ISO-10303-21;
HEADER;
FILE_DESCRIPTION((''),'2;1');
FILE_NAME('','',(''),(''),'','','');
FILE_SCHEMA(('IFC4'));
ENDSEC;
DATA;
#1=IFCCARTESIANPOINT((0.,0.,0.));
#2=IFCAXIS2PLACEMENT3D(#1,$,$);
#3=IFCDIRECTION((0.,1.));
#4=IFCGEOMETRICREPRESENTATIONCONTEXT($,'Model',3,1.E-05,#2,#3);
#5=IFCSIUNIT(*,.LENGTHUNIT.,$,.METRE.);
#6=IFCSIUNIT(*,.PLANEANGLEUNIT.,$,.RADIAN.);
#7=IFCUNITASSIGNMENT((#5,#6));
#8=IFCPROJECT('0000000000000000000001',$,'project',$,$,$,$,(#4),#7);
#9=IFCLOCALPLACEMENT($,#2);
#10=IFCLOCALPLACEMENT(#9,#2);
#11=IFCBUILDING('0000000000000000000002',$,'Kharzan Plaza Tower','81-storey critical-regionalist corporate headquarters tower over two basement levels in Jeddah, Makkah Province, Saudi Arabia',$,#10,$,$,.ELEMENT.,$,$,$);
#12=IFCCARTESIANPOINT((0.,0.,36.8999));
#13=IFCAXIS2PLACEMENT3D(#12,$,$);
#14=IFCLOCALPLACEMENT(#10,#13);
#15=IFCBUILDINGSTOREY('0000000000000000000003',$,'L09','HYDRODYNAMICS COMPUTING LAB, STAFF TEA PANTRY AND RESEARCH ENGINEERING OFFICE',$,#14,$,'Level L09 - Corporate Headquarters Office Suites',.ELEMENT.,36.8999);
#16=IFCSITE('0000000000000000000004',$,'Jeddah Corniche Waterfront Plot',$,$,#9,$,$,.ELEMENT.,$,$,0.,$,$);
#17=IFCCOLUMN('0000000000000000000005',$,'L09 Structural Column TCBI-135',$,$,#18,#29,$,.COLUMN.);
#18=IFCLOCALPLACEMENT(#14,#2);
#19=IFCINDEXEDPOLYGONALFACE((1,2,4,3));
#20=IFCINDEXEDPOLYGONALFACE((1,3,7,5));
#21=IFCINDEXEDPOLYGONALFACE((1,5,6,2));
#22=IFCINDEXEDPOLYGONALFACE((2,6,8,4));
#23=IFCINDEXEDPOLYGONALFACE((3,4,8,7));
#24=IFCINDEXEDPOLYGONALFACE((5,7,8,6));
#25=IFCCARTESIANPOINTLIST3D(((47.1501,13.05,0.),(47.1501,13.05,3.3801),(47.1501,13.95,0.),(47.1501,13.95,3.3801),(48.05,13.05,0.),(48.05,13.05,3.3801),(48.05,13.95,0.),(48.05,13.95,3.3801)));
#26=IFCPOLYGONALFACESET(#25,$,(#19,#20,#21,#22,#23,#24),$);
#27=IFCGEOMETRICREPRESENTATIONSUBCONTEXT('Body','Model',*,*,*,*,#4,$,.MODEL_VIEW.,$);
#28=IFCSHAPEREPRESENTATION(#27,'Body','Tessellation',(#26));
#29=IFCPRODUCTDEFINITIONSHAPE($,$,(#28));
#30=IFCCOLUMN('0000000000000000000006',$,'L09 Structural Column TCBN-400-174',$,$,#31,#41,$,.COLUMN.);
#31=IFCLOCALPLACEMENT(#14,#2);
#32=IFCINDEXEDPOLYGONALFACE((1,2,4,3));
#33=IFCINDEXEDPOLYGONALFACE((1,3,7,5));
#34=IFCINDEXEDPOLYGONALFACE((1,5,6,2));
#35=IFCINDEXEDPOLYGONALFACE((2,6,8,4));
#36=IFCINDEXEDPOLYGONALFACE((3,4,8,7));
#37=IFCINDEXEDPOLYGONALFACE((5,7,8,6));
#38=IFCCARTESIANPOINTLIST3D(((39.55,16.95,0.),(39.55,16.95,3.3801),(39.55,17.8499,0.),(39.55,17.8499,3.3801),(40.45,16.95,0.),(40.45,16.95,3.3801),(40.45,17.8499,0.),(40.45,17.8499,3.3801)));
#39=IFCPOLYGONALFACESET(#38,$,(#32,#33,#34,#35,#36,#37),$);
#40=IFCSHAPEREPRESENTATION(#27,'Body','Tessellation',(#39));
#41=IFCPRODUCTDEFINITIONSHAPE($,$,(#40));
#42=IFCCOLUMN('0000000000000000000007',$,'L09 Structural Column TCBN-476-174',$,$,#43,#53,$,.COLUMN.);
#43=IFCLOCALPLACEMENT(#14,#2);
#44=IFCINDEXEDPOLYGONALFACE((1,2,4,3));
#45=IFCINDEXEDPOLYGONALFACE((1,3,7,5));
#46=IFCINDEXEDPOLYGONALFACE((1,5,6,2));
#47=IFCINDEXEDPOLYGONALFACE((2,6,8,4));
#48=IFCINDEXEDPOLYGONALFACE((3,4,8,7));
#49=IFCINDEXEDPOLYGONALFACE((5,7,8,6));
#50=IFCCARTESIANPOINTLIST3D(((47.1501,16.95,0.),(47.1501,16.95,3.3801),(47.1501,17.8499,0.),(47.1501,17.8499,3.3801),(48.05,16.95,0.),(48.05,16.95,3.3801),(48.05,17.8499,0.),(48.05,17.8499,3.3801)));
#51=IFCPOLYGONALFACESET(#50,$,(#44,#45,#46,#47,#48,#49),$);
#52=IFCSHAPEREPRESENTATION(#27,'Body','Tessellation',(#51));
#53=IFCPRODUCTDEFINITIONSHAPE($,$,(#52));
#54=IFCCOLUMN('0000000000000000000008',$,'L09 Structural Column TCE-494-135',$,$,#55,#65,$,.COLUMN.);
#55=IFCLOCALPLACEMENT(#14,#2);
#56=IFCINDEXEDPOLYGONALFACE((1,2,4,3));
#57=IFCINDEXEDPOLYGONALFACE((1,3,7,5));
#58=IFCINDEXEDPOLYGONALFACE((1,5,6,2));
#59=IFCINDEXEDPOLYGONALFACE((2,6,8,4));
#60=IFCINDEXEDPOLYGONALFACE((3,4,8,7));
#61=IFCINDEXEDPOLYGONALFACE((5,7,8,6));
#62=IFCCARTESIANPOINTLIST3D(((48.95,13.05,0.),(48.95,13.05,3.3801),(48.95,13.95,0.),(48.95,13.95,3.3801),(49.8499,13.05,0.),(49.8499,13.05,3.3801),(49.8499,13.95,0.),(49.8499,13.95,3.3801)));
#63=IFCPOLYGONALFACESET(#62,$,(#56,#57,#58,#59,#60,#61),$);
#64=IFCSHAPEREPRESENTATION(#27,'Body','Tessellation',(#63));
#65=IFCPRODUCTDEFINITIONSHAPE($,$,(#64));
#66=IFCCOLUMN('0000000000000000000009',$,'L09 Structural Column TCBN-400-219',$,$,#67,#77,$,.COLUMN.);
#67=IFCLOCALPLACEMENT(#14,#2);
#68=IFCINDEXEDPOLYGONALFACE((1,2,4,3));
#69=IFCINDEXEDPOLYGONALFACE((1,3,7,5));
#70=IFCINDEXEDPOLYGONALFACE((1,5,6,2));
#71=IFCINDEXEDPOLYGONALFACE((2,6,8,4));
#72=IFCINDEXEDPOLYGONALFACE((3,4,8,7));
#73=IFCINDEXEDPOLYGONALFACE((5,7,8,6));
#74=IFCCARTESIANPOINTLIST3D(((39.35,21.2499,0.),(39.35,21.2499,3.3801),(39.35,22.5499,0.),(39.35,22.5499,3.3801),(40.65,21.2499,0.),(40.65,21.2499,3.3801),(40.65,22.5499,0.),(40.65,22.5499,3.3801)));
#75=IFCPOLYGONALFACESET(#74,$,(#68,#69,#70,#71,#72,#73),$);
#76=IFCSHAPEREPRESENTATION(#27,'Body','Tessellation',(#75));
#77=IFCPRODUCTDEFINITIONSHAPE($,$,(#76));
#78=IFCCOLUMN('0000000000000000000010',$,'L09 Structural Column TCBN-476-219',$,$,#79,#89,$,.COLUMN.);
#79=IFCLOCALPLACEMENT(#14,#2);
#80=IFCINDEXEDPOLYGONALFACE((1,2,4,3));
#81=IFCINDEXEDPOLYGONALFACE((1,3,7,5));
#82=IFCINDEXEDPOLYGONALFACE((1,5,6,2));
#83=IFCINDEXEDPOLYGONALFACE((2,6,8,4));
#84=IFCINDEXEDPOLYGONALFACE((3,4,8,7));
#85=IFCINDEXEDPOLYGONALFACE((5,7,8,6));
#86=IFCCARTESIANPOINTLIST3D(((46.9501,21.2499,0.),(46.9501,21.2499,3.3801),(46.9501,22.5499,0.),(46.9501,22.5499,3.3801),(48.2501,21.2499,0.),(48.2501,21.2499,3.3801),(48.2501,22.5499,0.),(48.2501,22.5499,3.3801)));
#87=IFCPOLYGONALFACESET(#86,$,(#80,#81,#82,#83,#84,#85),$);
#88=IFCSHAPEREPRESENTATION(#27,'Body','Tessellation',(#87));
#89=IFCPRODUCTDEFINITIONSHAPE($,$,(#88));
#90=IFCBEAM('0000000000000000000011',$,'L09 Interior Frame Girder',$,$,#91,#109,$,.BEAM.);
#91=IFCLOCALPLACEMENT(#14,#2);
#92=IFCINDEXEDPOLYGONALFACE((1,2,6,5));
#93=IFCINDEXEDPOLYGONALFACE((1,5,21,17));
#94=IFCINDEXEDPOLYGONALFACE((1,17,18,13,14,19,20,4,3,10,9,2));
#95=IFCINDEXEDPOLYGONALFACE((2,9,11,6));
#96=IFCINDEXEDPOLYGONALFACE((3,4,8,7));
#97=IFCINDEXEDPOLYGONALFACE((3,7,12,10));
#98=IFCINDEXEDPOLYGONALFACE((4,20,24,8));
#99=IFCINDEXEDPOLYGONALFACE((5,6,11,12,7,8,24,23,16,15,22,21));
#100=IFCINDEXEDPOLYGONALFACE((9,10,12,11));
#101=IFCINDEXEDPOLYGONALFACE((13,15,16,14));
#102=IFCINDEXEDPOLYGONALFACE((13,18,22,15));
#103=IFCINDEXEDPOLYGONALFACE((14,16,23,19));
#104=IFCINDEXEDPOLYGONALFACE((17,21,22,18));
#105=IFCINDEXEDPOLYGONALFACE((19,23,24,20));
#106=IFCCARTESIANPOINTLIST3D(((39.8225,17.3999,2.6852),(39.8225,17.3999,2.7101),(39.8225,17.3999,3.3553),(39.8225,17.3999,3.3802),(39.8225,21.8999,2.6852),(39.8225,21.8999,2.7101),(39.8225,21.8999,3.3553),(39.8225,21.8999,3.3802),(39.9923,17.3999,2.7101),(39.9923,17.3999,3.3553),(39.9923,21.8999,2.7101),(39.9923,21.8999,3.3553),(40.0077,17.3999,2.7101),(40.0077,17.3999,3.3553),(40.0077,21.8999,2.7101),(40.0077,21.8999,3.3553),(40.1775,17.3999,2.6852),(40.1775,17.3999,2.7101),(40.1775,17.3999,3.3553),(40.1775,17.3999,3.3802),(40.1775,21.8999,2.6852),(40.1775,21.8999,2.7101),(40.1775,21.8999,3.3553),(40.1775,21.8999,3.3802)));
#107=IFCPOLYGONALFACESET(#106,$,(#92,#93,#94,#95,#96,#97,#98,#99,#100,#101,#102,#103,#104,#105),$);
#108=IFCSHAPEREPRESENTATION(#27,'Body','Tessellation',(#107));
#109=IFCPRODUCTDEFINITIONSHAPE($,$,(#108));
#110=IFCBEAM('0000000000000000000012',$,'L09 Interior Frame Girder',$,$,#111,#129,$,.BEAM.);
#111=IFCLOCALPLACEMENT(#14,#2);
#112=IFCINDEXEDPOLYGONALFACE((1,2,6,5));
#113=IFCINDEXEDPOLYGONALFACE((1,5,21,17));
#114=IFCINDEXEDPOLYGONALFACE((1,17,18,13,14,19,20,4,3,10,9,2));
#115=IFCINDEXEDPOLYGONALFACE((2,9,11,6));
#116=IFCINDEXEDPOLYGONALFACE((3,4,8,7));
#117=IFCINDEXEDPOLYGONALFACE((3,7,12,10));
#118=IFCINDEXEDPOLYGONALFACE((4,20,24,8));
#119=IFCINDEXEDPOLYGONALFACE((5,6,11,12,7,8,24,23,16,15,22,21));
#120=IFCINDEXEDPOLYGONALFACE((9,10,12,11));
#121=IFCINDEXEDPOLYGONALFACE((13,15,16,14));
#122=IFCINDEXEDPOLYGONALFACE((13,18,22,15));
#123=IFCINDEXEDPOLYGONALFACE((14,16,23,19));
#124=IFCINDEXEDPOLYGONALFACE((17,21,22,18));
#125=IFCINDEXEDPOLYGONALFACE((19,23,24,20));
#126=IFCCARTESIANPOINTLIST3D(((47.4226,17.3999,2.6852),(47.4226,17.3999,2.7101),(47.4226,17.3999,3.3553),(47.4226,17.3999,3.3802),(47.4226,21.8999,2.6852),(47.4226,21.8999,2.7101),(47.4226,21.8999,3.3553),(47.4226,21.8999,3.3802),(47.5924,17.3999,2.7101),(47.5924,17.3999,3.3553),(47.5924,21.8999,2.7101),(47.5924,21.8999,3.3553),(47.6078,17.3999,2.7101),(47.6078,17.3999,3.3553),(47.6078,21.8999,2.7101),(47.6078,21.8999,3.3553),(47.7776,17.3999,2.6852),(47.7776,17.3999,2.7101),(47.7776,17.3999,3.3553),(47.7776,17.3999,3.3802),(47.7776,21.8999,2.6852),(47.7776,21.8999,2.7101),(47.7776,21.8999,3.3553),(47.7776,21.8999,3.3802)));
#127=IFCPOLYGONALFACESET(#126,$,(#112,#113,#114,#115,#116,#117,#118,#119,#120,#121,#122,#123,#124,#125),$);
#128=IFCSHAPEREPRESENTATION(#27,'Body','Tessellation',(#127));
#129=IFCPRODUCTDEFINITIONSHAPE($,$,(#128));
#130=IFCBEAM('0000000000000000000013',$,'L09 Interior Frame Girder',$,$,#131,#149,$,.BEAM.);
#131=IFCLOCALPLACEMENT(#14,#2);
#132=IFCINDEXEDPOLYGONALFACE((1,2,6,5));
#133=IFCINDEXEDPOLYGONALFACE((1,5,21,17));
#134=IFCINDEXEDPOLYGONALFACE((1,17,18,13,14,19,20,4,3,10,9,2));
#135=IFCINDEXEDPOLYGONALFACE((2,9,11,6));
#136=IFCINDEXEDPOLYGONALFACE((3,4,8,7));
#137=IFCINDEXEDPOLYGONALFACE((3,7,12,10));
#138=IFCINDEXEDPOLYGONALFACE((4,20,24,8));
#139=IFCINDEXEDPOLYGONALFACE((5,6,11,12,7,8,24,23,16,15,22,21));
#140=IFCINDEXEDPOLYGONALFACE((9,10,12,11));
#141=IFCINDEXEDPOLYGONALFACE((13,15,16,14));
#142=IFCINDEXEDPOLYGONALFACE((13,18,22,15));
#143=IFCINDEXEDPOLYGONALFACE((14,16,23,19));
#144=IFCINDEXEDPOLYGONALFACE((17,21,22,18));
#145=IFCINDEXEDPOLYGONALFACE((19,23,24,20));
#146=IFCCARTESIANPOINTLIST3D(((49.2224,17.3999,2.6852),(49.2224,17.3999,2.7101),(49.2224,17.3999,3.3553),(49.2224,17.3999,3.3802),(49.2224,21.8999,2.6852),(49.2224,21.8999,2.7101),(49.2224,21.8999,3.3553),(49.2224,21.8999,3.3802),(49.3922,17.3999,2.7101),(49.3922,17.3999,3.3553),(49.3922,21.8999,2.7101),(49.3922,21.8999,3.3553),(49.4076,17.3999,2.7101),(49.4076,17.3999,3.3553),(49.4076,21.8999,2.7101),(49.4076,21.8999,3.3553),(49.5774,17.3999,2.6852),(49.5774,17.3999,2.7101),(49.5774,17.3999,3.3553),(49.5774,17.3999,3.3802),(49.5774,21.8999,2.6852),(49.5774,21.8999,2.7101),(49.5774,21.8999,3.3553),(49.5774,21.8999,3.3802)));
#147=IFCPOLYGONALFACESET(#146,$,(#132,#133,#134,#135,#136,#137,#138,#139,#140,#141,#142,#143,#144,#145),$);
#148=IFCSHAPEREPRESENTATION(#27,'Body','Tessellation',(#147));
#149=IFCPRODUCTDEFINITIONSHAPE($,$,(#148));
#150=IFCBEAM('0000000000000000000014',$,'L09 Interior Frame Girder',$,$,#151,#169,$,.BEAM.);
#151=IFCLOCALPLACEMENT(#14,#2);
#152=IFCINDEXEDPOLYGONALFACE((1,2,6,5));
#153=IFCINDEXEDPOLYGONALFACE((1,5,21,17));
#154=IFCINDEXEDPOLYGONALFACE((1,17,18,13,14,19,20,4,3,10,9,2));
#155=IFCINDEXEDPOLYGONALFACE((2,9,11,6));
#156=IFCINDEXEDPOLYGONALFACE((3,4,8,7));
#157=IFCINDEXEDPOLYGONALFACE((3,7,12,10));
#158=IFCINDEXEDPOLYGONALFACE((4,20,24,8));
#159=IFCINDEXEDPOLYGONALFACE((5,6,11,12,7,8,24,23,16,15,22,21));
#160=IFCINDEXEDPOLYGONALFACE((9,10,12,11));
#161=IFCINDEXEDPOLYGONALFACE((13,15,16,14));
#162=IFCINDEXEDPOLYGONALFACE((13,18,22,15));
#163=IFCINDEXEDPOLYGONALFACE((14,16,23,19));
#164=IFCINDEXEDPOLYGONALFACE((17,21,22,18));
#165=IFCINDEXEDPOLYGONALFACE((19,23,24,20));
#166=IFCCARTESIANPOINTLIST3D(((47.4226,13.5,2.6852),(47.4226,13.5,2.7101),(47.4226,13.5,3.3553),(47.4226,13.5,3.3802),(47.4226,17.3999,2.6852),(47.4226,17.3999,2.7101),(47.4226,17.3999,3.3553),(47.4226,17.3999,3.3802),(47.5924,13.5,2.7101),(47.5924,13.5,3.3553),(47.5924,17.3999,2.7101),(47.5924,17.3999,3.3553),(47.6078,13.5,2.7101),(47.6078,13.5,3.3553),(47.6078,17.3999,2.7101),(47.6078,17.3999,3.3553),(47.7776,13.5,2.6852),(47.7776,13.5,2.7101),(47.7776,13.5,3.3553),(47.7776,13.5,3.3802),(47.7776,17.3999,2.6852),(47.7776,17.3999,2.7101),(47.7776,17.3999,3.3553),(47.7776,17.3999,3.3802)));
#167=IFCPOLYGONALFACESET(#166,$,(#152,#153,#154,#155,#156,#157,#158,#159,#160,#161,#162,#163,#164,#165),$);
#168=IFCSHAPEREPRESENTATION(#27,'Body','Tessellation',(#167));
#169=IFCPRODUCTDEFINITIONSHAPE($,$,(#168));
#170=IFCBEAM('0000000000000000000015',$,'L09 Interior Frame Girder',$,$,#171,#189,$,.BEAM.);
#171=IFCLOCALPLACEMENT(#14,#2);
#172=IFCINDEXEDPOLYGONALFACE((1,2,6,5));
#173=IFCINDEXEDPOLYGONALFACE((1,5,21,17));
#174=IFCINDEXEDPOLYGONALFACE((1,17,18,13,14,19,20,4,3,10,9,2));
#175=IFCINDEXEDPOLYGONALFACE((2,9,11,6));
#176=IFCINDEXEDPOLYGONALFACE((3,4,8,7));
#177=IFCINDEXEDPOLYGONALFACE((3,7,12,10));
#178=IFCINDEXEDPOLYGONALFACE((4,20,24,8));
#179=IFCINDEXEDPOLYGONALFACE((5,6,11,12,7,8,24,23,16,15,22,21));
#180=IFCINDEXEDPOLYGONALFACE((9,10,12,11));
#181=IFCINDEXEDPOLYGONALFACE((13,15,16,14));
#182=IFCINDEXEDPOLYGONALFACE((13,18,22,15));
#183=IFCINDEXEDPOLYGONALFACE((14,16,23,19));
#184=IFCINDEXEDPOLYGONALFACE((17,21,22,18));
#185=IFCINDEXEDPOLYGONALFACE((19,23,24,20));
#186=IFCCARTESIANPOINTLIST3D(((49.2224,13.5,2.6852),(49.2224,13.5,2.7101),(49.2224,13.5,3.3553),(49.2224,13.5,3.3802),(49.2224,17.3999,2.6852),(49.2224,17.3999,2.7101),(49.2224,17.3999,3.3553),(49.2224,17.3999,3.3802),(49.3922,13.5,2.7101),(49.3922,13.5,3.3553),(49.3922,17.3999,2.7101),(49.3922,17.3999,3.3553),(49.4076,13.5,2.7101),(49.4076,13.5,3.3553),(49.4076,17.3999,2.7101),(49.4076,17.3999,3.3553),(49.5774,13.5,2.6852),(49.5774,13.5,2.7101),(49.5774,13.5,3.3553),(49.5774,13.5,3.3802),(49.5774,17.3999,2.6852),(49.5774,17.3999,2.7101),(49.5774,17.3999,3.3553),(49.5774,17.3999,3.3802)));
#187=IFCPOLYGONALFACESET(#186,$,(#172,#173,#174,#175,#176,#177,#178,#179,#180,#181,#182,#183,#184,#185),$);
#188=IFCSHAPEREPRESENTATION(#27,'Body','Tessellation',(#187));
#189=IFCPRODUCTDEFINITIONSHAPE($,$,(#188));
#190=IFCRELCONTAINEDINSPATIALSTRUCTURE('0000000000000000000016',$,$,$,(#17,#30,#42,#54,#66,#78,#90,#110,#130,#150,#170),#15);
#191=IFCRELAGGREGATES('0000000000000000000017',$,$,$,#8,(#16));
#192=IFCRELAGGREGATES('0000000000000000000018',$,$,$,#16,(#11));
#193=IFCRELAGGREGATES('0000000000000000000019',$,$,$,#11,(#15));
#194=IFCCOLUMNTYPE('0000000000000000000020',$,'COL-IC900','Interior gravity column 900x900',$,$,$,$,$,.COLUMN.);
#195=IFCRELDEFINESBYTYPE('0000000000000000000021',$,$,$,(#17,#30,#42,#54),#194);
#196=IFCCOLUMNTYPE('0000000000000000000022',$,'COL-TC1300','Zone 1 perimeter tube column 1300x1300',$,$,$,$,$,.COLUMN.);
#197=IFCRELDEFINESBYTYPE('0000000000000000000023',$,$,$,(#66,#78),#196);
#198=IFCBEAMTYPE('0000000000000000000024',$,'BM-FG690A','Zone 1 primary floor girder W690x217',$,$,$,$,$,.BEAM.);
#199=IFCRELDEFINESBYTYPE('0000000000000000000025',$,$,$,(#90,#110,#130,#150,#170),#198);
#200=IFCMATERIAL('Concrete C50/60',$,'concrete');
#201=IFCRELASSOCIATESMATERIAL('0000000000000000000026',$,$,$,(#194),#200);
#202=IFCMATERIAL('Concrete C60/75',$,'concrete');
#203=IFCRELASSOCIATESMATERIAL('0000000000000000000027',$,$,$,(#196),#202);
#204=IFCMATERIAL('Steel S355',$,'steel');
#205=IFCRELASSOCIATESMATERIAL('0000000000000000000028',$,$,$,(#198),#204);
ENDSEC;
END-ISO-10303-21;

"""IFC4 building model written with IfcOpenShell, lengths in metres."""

from ifc_helpers import new_model, si_unit, direction, frame, origin, origin_2d, place, context, subcontext, project, spatial, rectangle, i_section, extrude, source, transform, mapped, material, material_profile, profile_set, type_object, element, save


model = new_model("IFC4")

# Units and contexts
model_context = context("Model", 3, precision=1e-05, world=origin(), true_north=direction((0.0, 1.0)))
body_context = subcontext(model_context, "Body", "Model", "MODEL_VIEW")
ifc_project = project(units=[si_unit("LENGTHUNIT", "METRE"), si_unit("PLANEANGLEUNIT", "RADIAN")], contexts=[model_context])

# Site, building, storey
site_placement = place(None, origin())
site = spatial("IfcSite", under=ifc_project, at=site_placement, Name="Jeddah Corniche Waterfront Plot", CompositionType="ELEMENT", RefElevation=0.0)
building_placement = place(site_placement, origin())
building = spatial("IfcBuilding", under=site, at=building_placement, Name="Kharzan Plaza Tower", Description="81-storey critical-regionalist corporate headquarters tower over two basement levels in Jeddah, Makkah Province, Saudi Arabia", CompositionType="ELEMENT")
storey_placement = place(building_placement, frame((0.0, 0.0, 36.8999)))
storey = spatial("IfcBuildingStorey", under=building, at=storey_placement, Name="L09", Description="HYDRODYNAMICS COMPUTING LAB, STAFF TEA PANTRY AND RESEARCH ENGINEERING OFFICE", LongName="Level L09 - Corporate Headquarters Office Suites", CompositionType="ELEMENT", Elevation=36.8999)

# Columns
ifc_material_1 = material(Name="Concrete C50/60", Category="concrete")
ifc_material_profile_1 = material_profile(ifc_material_1, rectangle(XDim=0.8999, YDim=0.8999, at=origin_2d()), Name="RC-IC900x900")
ifc_profile_set_1 = profile_set([ifc_material_profile_1], Name="Concrete C50/60")
column_type_1 = type_object("IfcColumnType", Name="COL-IC900", Description="Interior gravity column 900x900", PredefinedType="COLUMN", material=ifc_profile_set_1)
shared_shape_1 = source(origin(), body_context, "Body", "SweptSolid", [
    extrude(rectangle(XDim=0.8999, YDim=0.8999, at=origin_2d()), origin(), (0.0, 0.0, 1.0), 3.3801),
])
for number, where, z_axis, x_axis, name in (
    (1, (47.6001, 13.5, 0.0), (0.0, 0.0, 1.0), (1.0, 0.0, 0.0), "L09 Structural Column TCBI-135"),
    (2, (40.0, 17.3999, 0.0), (0.0, 0.0, 1.0), (1.0, 0.0, 0.0), "L09 Structural Column TCBN-400-174"),
    (3, (47.6001, 17.3999, 0.0), (0.0, 0.0, 1.0), (1.0, 0.0, 0.0), "L09 Structural Column TCBN-476-174"),
    (4, (49.3999, 13.5, 0.0), (0.0, 0.0, 1.0), (1.0, 0.0, 0.0), "L09 Structural Column TCE-494-135"),
):
    element("IfcColumn", number, at=place(storey_placement, frame(where, z_axis=z_axis, x_axis=x_axis)), inside=storey, type_object=column_type_1, Name=name, PredefinedType="COLUMN", context=body_context, shape_type="MappedRepresentation", body=[
        mapped(shared_shape_1, transform((0.0, 0.0, 0.0), x_axis=(1.0, 0.0, 0.0), y_axis=(0.0, 1.0, 0.0), z_axis=(0.0, 0.0, 1.0))),
    ])
ifc_material_2 = material(Name="Concrete C60/75", Category="concrete")
ifc_material_profile_2 = material_profile(ifc_material_2, rectangle(XDim=1.3, YDim=1.3, at=origin_2d()), Name="RC-TC1300x1300")
ifc_profile_set_2 = profile_set([ifc_material_profile_2], Name="Concrete C60/75")
column_type_2 = type_object("IfcColumnType", Name="COL-TC1300", Description="Zone 1 perimeter tube column 1300x1300", PredefinedType="COLUMN", material=ifc_profile_set_2)
shared_shape_2 = source(origin(), body_context, "Body", "SweptSolid", [
    extrude(rectangle(XDim=1.3, YDim=1.3, at=origin_2d()), origin(), (0.0, 0.0, 1.0), 3.3801),
])
for number, where, z_axis, x_axis, name in (
    (5, (40.0, 21.8999, 0.0), (0.0, 0.0, 1.0), (1.0, 0.0, 0.0), "L09 Structural Column TCBN-400-219"),
    (6, (47.6001, 21.8999, 0.0), (0.0, 0.0, 1.0), (1.0, 0.0, 0.0), "L09 Structural Column TCBN-476-219"),
):
    element("IfcColumn", number, at=place(storey_placement, frame(where, z_axis=z_axis, x_axis=x_axis)), inside=storey, type_object=column_type_2, Name=name, PredefinedType="COLUMN", context=body_context, shape_type="MappedRepresentation", body=[
        mapped(shared_shape_2, transform((0.0, 0.0, 0.0), x_axis=(1.0, 0.0, 0.0), y_axis=(0.0, 1.0, 0.0), z_axis=(0.0, 0.0, 1.0))),
    ])

# Beams
ifc_material_3 = material(Name="Steel S355", Category="steel")
ifc_material_profile_3 = material_profile(ifc_material_3, i_section(OverallWidth=0.355, OverallDepth=0.6951, WebThickness=0.0154, FlangeThickness=0.0249, at=origin_2d()), Name="W690x217")
ifc_profile_set_3 = profile_set([ifc_material_profile_3], Name="Steel S355")
beam_type_1 = type_object("IfcBeamType", Name="BM-FG690A", Description="Zone 1 primary floor girder W690x217", PredefinedType="BEAM", material=ifc_profile_set_3)
shared_shape_3 = source(origin(), body_context, "Body", "SweptSolid", [
    extrude(i_section(OverallWidth=0.355, OverallDepth=0.6951, WebThickness=0.0154, FlangeThickness=0.0249, at=origin_2d()), origin(), (0.0, 0.0, 1.0), 4.5),
])
for number, where, z_axis, x_axis, name in (
    (7, (40.0, 17.3999, 3.0327), (0.0, 1.0, 0.0), (-1.0, 0.0, 0.0), "L09 Interior Frame Girder"),
    (8, (47.6001, 17.3999, 3.0327), (0.0, 1.0, 0.0), (-1.0, 0.0, 0.0), "L09 Interior Frame Girder"),
    (9, (49.3999, 17.3999, 3.0327), (0.0, 1.0, 0.0), (-1.0, 0.0, 0.0), "L09 Interior Frame Girder"),
):
    element("IfcBeam", number, at=place(storey_placement, frame(where, z_axis=z_axis, x_axis=x_axis)), inside=storey, type_object=beam_type_1, Name=name, PredefinedType="BEAM", context=body_context, shape_type="MappedRepresentation", body=[
        mapped(shared_shape_3, transform((0.0, 0.0, 0.0), x_axis=(1.0, 0.0, 0.0), y_axis=(0.0, 1.0, 0.0), z_axis=(0.0, 0.0, 1.0))),
    ])
shared_shape_4 = source(origin(), body_context, "Body", "SweptSolid", [
    extrude(i_section(OverallWidth=0.355, OverallDepth=0.6951, WebThickness=0.0154, FlangeThickness=0.0249, at=origin_2d()), origin(), (0.0, 0.0, 1.0), 3.8999),
])
for number, where, z_axis, x_axis, name in (
    (10, (47.6001, 13.5, 3.0327), (0.0, 1.0, 0.0), (-1.0, 0.0, 0.0), "L09 Interior Frame Girder"),
    (11, (49.3999, 13.5, 3.0327), (0.0, 1.0, 0.0), (-1.0, 0.0, 0.0), "L09 Interior Frame Girder"),
):
    element("IfcBeam", number, at=place(storey_placement, frame(where, z_axis=z_axis, x_axis=x_axis)), inside=storey, type_object=beam_type_1, Name=name, PredefinedType="BEAM", context=body_context, shape_type="MappedRepresentation", body=[
        mapped(shared_shape_4, transform((0.0, 0.0, 0.0), x_axis=(1.0, 0.0, 0.0), y_axis=(0.0, 1.0, 0.0), z_axis=(0.0, 0.0, 1.0))),
    ])

save(model, "model.ifc")
